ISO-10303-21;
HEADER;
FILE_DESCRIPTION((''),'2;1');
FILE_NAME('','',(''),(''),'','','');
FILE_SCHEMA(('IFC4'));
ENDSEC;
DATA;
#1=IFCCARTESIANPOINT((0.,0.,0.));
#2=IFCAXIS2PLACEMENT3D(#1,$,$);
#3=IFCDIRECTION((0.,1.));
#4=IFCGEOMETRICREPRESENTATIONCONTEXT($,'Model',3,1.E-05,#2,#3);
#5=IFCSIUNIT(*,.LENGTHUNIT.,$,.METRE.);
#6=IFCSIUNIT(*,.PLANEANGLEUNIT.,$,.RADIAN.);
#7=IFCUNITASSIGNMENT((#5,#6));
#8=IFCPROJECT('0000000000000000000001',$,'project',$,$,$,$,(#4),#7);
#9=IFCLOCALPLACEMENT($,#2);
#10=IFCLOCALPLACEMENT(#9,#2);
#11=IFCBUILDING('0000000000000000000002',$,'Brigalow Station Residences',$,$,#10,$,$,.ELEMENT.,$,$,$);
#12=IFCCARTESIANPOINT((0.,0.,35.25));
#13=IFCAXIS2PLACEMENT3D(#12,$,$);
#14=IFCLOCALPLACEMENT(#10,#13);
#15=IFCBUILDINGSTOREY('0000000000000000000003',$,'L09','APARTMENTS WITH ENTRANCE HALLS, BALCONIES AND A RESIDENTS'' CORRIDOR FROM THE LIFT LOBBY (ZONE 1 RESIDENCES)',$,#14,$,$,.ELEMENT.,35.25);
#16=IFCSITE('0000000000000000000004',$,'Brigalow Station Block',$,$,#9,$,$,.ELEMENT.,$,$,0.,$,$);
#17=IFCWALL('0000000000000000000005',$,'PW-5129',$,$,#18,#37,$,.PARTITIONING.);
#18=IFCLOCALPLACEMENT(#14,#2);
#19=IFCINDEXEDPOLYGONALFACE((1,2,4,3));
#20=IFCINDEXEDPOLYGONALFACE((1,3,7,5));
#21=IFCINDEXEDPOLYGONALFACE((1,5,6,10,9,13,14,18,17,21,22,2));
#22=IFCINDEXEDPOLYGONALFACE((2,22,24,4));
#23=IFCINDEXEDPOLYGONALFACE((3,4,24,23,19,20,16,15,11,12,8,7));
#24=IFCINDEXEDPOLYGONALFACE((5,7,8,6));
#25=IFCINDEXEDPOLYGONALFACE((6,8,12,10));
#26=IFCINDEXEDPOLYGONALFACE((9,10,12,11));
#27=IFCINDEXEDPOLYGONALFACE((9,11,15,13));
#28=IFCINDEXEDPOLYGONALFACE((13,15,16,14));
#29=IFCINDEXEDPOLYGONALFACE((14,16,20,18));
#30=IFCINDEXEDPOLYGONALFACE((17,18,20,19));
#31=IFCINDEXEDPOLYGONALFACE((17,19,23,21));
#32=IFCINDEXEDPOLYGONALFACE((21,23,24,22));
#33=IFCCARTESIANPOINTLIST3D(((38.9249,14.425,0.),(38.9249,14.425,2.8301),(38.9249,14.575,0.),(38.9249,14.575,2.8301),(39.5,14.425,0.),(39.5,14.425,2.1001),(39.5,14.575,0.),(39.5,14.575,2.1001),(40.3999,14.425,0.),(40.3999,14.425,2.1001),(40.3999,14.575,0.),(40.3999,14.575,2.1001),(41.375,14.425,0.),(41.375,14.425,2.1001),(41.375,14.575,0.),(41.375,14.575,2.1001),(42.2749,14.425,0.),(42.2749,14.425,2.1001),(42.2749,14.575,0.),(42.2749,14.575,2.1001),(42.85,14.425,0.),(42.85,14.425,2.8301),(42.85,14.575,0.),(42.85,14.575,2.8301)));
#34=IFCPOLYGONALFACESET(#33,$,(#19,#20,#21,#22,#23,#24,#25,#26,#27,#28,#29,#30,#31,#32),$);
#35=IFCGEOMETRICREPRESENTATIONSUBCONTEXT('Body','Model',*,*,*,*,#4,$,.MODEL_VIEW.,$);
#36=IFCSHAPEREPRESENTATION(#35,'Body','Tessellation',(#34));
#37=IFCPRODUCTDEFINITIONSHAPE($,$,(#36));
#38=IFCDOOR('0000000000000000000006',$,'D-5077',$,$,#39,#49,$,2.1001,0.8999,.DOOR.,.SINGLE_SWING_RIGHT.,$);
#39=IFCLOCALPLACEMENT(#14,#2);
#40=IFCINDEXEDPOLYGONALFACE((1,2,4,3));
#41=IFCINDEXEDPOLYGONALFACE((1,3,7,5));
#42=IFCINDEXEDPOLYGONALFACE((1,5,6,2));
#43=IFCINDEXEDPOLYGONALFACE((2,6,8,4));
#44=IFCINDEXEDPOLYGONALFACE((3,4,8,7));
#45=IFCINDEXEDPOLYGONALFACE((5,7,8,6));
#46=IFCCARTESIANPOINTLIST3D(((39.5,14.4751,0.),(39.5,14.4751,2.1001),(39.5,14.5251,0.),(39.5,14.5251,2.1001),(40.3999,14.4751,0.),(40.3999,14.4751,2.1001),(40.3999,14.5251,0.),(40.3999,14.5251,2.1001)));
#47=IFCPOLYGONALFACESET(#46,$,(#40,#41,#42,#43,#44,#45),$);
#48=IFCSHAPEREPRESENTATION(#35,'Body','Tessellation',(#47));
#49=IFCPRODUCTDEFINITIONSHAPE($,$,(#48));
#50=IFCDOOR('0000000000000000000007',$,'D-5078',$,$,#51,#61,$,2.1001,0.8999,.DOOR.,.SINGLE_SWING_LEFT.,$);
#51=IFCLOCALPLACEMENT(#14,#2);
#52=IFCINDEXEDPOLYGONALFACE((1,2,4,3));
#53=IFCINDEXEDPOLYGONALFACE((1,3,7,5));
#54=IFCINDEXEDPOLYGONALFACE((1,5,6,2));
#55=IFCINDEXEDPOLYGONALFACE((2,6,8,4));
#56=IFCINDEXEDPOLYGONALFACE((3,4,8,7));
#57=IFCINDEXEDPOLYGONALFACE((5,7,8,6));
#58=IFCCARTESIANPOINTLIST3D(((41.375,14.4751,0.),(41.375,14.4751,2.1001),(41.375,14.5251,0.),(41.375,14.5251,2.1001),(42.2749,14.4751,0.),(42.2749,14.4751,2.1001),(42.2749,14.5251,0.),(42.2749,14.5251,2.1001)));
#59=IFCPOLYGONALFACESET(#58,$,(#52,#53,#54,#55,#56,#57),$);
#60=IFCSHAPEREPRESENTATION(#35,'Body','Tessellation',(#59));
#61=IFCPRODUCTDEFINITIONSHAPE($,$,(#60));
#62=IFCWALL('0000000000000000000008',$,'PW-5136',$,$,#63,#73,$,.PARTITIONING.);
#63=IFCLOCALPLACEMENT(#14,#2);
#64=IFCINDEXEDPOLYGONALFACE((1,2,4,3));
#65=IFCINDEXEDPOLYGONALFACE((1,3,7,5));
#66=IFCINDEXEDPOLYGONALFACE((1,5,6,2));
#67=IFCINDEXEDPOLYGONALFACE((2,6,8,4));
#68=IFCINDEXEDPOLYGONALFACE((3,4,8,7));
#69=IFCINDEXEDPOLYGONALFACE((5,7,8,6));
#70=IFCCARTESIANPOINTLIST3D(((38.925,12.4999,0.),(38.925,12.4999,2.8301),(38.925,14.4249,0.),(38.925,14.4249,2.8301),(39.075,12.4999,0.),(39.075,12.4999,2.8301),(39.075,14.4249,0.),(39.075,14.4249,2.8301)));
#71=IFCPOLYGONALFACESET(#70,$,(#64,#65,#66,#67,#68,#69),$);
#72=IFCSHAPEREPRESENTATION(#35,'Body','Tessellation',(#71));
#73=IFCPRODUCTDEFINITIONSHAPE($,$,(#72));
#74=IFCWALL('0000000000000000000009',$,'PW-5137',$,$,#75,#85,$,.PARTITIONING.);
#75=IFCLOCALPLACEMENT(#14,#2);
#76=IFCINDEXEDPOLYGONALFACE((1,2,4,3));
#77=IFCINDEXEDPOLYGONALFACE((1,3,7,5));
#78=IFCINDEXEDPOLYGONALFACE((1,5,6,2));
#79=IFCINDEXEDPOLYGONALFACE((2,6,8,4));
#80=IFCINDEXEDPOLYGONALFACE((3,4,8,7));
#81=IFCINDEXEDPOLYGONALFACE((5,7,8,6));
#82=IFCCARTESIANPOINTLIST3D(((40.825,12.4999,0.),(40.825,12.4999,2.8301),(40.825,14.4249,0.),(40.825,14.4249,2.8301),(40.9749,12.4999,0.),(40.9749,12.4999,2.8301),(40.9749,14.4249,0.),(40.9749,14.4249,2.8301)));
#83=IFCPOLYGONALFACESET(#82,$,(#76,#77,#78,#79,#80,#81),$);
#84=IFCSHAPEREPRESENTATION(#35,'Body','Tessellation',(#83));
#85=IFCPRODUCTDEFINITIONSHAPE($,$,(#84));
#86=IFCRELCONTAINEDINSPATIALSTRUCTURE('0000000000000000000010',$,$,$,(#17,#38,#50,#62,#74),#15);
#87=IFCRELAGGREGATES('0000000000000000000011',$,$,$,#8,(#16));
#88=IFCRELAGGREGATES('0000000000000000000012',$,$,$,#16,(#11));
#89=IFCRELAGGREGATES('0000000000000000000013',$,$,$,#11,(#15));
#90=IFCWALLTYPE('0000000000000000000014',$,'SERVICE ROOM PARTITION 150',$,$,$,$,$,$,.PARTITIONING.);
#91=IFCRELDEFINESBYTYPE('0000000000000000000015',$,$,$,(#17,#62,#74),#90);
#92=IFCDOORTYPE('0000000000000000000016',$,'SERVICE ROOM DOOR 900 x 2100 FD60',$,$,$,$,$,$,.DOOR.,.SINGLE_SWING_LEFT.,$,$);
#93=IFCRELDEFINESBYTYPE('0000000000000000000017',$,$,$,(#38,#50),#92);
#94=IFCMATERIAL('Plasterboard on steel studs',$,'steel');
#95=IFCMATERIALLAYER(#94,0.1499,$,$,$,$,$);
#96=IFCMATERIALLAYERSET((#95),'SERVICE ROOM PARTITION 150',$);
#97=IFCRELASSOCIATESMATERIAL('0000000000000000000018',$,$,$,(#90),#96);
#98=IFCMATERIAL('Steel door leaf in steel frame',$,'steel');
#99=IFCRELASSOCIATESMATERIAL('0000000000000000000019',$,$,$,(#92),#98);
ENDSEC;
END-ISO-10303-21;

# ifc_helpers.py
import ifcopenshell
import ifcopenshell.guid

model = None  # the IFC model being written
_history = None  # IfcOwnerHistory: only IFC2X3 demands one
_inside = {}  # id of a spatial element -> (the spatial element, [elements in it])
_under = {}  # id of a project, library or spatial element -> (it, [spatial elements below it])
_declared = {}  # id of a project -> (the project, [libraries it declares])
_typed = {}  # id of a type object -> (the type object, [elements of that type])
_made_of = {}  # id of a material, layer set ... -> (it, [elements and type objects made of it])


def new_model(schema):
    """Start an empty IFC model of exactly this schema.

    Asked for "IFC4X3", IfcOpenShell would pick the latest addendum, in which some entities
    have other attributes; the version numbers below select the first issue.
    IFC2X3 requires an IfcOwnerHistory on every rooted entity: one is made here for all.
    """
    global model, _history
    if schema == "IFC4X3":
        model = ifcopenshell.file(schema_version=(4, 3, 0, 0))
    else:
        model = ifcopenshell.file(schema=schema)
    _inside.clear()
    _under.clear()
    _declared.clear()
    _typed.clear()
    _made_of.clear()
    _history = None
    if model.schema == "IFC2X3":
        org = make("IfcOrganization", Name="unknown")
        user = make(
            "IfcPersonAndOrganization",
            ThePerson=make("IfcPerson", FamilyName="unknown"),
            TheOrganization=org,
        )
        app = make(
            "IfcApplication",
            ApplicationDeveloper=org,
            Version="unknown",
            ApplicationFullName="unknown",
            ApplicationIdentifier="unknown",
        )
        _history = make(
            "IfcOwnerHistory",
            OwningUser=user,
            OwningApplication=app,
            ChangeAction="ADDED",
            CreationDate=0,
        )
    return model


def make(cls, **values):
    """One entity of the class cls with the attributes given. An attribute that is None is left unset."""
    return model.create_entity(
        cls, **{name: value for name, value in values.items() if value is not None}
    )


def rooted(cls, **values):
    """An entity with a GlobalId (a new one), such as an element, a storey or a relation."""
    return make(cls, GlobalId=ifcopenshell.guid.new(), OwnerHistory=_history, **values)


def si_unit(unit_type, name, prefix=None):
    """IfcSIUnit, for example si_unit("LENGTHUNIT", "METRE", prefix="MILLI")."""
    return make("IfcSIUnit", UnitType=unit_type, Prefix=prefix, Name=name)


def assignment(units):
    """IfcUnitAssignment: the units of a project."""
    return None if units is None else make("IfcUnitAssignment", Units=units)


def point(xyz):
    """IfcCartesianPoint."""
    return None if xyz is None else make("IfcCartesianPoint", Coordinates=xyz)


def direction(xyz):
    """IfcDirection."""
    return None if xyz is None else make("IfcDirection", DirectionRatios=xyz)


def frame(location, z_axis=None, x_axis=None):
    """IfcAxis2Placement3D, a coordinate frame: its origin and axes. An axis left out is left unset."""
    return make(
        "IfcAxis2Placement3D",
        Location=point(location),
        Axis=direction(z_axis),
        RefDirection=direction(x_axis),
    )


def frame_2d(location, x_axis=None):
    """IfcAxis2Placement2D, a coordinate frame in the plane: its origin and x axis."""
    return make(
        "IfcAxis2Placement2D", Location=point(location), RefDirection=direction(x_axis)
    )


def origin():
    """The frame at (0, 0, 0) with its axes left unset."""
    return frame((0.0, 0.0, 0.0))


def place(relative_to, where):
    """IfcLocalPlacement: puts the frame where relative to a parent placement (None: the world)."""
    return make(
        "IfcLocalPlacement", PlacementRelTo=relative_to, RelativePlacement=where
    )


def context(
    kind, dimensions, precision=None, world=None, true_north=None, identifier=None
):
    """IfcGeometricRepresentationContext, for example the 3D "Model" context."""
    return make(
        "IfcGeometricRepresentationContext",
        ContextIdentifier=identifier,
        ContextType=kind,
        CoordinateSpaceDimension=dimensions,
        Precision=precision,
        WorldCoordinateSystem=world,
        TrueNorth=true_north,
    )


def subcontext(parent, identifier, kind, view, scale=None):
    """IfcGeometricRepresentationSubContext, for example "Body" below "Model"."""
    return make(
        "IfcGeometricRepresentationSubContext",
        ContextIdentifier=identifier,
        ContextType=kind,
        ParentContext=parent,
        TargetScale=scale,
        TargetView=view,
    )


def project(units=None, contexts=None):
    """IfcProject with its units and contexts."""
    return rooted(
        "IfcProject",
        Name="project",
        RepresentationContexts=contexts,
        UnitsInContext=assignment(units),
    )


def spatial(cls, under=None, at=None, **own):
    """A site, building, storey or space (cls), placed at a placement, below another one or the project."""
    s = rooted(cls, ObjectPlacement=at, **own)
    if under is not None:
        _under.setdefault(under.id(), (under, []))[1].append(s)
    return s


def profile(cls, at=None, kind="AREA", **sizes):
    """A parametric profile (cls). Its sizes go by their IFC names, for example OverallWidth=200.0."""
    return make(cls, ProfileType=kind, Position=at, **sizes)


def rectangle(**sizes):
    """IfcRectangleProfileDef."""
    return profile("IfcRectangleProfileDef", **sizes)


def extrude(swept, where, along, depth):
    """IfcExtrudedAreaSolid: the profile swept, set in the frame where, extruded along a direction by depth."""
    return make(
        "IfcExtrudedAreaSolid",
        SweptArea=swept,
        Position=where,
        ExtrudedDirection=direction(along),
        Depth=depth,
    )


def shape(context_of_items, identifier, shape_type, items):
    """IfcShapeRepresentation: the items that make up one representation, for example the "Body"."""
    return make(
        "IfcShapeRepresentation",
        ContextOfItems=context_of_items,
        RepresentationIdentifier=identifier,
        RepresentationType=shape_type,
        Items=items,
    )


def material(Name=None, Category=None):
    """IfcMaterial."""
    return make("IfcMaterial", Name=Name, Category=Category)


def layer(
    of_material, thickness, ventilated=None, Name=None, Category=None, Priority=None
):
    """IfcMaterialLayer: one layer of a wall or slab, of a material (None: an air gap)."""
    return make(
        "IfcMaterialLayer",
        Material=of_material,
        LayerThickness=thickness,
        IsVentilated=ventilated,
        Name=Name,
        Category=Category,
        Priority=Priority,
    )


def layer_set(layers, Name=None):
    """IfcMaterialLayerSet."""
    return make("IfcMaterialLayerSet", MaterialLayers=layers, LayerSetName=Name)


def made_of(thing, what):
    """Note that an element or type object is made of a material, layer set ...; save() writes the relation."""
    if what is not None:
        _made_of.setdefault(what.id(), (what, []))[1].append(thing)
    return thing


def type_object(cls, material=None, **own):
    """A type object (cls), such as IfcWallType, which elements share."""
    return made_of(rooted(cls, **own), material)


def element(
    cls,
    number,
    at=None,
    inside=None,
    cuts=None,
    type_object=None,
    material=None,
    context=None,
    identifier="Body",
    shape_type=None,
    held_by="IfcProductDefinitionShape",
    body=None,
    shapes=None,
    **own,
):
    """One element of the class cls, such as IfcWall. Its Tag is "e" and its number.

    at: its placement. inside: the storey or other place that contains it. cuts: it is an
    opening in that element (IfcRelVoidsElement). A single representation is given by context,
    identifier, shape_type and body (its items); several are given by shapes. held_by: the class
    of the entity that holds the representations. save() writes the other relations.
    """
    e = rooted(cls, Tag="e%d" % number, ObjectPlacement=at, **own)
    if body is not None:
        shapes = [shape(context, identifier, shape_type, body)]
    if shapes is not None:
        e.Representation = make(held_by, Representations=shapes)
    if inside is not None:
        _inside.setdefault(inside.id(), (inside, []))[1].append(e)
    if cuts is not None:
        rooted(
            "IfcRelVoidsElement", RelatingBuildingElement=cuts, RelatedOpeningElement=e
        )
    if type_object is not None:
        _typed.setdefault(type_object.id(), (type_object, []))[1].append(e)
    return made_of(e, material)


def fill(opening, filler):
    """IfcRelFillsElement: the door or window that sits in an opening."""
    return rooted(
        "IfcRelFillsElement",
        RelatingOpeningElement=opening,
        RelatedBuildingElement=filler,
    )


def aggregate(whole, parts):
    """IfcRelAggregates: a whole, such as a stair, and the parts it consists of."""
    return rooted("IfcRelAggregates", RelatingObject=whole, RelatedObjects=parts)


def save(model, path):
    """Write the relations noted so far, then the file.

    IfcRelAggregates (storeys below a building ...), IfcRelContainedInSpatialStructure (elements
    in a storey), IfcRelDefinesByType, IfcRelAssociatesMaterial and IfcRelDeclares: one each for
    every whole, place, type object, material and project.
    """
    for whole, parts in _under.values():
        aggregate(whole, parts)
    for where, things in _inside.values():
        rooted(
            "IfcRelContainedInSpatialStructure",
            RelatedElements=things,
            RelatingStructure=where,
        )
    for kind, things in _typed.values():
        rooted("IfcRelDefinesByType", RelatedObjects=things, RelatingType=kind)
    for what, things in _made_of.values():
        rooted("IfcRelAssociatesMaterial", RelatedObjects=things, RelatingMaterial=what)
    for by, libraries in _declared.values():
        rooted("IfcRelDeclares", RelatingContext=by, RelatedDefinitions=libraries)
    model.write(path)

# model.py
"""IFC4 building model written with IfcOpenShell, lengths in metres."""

from ifc_helpers import new_model, si_unit, direction, frame, frame_2d, origin, place, context, subcontext, project, spatial, rectangle, extrude, material, layer, layer_set, type_object, element, fill, save


model = new_model("IFC4")

# Units and contexts
model_context = context("Model", 3, precision=1e-05, world=origin(), true_north=direction((0.0, 1.0)))
body_context = subcontext(model_context, "Body", "Model", "MODEL_VIEW")
ifc_project = project(units=[si_unit("LENGTHUNIT", "METRE"), si_unit("PLANEANGLEUNIT", "RADIAN")], contexts=[model_context])

# Site, building, storey
site_placement = place(None, origin())
site = spatial("IfcSite", under=ifc_project, at=site_placement, Name="Brigalow Station Block", CompositionType="ELEMENT", RefElevation=0.0)
building_placement = place(site_placement, origin())
building = spatial("IfcBuilding", under=site, at=building_placement, Name="Brigalow Station Residences", CompositionType="ELEMENT")
storey_placement = place(building_placement, frame((0.0, 0.0, 35.25)))
storey = spatial("IfcBuildingStorey", under=building, at=storey_placement, Name="L09", Description="APARTMENTS WITH ENTRANCE HALLS, BALCONIES AND A RESIDENTS' CORRIDOR FROM THE LIFT LOBBY (ZONE 1 RESIDENCES)", CompositionType="ELEMENT", Elevation=35.25)

# Wall, openings, doors
ifc_material_1 = material(Name="Plasterboard on steel studs", Category="steel")
ifc_layer_1 = layer(ifc_material_1, 0.1499)
ifc_layer_set_1 = layer_set([ifc_layer_1], Name="SERVICE ROOM PARTITION 150")
wall_type_1 = type_object("IfcWallType", Name="SERVICE ROOM PARTITION 150", PredefinedType="PARTITIONING", material=ifc_layer_set_1)
wall_1_placement = place(storey_placement, frame((38.925, 14.5, 0.0), z_axis=(0.0, 0.0, 1.0), x_axis=(1.0, 0.0, 0.0)))
wall_1 = element("IfcWall", 1, at=wall_1_placement, inside=storey, type_object=wall_type_1, Name="PW-5129", PredefinedType="PARTITIONING", context=body_context, shape_type="SweptSolid", body=[
    extrude(rectangle(XDim=3.925, YDim=0.1499, at=frame_2d((1.9624, 0.0))), origin(), (0.0, 0.0, 1.0), 2.8301),
])
opening_1_placement = place(wall_1_placement, frame((0.575, 0.0, 0.0)))
opening_1 = element("IfcOpeningElement", 2, at=opening_1_placement, cuts=wall_1, PredefinedType="OPENING", context=body_context, shape_type="SweptSolid", body=[
    extrude(rectangle(XDim=0.8999, YDim=2.1001, at=frame_2d((0.45, 1.05))), frame((0.0, 0.085, 0.0), z_axis=(0.0, -1.0, 0.0), x_axis=(1.0, 0.0, 0.0)), (0.0, 0.0, 1.0), 0.1699),
])
opening_2_placement = place(wall_1_placement, frame((2.45, 0.0, 0.0)))
opening_2 = element("IfcOpeningElement", 3, at=opening_2_placement, cuts=wall_1, PredefinedType="OPENING", context=body_context, shape_type="SweptSolid", body=[
    extrude(rectangle(XDim=0.8999, YDim=2.1001, at=frame_2d((0.45, 1.05))), frame((0.0, 0.085, 0.0), z_axis=(0.0, -1.0, 0.0), x_axis=(1.0, 0.0, 0.0)), (0.0, 0.0, 1.0), 0.1699),
])
ifc_material_2 = material(Name="Steel door leaf in steel frame", Category="steel")
door_type = type_object("IfcDoorType", Name="SERVICE ROOM DOOR 900 x 2100 FD60", OperationType="SINGLE_SWING_LEFT", PredefinedType="DOOR", material=ifc_material_2)
door_1_placement = place(opening_1_placement, frame((0.8999, 0.0, 0.0), z_axis=(0.0, 0.0, 1.0), x_axis=(-1.0, 0.0, 0.0)))
door_1 = element("IfcDoor", 4, at=door_1_placement, inside=storey, type_object=door_type, Name="D-5077", OperationType="SINGLE_SWING_RIGHT", OverallHeight=2.1001, OverallWidth=0.8999, PredefinedType="DOOR", context=body_context, shape_type="SweptSolid", body=[
    extrude(rectangle(XDim=0.8999, YDim=2.1001, at=frame_2d((0.45, 1.05))), frame((0.0, 0.0249, 0.0), z_axis=(0.0, -1.0, 0.0), x_axis=(1.0, 0.0, 0.0)), (0.0, 0.0, 1.0), 0.05),
])
fill(opening_1, door_1)
door_2_placement = place(opening_2_placement, frame((0.8999, 0.0, 0.0), z_axis=(0.0, 0.0, 1.0), x_axis=(-1.0, 0.0, 0.0)))
door_2 = element("IfcDoor", 5, at=door_2_placement, inside=storey, type_object=door_type, Name="D-5078", OperationType="SINGLE_SWING_LEFT", OverallHeight=2.1001, OverallWidth=0.8999, PredefinedType="DOOR", context=body_context, shape_type="SweptSolid", body=[
    extrude(rectangle(XDim=0.8999, YDim=2.1001, at=frame_2d((0.45, 1.05))), frame((0.0, 0.0249, 0.0), z_axis=(0.0, -1.0, 0.0), x_axis=(1.0, 0.0, 0.0)), (0.0, 0.0, 1.0), 0.05),
])
fill(opening_2, door_2)

# Walls
for number, where, z_axis, x_axis, name in (
    (6, (39.0, 12.5, 0.0), (0.0, 0.0, 1.0), (0.0, 1.0, 0.0), "PW-5136"),
    (7, (40.8999, 12.5, 0.0), (0.0, 0.0, 1.0), (0.0, 1.0, 0.0), "PW-5137"),
):
    element("IfcWall", number, at=place(storey_placement, frame(where, z_axis=z_axis, x_axis=x_axis)), inside=storey, type_object=wall_type_1, Name=name, PredefinedType="PARTITIONING", context=body_context, shape_type="SweptSolid", body=[
        extrude(rectangle(XDim=1.925, YDim=0.1499, at=frame_2d((0.9624, 0.0))), origin(), (0.0, 0.0, 1.0), 2.8301),
    ])

save(model, "model.ifc")
